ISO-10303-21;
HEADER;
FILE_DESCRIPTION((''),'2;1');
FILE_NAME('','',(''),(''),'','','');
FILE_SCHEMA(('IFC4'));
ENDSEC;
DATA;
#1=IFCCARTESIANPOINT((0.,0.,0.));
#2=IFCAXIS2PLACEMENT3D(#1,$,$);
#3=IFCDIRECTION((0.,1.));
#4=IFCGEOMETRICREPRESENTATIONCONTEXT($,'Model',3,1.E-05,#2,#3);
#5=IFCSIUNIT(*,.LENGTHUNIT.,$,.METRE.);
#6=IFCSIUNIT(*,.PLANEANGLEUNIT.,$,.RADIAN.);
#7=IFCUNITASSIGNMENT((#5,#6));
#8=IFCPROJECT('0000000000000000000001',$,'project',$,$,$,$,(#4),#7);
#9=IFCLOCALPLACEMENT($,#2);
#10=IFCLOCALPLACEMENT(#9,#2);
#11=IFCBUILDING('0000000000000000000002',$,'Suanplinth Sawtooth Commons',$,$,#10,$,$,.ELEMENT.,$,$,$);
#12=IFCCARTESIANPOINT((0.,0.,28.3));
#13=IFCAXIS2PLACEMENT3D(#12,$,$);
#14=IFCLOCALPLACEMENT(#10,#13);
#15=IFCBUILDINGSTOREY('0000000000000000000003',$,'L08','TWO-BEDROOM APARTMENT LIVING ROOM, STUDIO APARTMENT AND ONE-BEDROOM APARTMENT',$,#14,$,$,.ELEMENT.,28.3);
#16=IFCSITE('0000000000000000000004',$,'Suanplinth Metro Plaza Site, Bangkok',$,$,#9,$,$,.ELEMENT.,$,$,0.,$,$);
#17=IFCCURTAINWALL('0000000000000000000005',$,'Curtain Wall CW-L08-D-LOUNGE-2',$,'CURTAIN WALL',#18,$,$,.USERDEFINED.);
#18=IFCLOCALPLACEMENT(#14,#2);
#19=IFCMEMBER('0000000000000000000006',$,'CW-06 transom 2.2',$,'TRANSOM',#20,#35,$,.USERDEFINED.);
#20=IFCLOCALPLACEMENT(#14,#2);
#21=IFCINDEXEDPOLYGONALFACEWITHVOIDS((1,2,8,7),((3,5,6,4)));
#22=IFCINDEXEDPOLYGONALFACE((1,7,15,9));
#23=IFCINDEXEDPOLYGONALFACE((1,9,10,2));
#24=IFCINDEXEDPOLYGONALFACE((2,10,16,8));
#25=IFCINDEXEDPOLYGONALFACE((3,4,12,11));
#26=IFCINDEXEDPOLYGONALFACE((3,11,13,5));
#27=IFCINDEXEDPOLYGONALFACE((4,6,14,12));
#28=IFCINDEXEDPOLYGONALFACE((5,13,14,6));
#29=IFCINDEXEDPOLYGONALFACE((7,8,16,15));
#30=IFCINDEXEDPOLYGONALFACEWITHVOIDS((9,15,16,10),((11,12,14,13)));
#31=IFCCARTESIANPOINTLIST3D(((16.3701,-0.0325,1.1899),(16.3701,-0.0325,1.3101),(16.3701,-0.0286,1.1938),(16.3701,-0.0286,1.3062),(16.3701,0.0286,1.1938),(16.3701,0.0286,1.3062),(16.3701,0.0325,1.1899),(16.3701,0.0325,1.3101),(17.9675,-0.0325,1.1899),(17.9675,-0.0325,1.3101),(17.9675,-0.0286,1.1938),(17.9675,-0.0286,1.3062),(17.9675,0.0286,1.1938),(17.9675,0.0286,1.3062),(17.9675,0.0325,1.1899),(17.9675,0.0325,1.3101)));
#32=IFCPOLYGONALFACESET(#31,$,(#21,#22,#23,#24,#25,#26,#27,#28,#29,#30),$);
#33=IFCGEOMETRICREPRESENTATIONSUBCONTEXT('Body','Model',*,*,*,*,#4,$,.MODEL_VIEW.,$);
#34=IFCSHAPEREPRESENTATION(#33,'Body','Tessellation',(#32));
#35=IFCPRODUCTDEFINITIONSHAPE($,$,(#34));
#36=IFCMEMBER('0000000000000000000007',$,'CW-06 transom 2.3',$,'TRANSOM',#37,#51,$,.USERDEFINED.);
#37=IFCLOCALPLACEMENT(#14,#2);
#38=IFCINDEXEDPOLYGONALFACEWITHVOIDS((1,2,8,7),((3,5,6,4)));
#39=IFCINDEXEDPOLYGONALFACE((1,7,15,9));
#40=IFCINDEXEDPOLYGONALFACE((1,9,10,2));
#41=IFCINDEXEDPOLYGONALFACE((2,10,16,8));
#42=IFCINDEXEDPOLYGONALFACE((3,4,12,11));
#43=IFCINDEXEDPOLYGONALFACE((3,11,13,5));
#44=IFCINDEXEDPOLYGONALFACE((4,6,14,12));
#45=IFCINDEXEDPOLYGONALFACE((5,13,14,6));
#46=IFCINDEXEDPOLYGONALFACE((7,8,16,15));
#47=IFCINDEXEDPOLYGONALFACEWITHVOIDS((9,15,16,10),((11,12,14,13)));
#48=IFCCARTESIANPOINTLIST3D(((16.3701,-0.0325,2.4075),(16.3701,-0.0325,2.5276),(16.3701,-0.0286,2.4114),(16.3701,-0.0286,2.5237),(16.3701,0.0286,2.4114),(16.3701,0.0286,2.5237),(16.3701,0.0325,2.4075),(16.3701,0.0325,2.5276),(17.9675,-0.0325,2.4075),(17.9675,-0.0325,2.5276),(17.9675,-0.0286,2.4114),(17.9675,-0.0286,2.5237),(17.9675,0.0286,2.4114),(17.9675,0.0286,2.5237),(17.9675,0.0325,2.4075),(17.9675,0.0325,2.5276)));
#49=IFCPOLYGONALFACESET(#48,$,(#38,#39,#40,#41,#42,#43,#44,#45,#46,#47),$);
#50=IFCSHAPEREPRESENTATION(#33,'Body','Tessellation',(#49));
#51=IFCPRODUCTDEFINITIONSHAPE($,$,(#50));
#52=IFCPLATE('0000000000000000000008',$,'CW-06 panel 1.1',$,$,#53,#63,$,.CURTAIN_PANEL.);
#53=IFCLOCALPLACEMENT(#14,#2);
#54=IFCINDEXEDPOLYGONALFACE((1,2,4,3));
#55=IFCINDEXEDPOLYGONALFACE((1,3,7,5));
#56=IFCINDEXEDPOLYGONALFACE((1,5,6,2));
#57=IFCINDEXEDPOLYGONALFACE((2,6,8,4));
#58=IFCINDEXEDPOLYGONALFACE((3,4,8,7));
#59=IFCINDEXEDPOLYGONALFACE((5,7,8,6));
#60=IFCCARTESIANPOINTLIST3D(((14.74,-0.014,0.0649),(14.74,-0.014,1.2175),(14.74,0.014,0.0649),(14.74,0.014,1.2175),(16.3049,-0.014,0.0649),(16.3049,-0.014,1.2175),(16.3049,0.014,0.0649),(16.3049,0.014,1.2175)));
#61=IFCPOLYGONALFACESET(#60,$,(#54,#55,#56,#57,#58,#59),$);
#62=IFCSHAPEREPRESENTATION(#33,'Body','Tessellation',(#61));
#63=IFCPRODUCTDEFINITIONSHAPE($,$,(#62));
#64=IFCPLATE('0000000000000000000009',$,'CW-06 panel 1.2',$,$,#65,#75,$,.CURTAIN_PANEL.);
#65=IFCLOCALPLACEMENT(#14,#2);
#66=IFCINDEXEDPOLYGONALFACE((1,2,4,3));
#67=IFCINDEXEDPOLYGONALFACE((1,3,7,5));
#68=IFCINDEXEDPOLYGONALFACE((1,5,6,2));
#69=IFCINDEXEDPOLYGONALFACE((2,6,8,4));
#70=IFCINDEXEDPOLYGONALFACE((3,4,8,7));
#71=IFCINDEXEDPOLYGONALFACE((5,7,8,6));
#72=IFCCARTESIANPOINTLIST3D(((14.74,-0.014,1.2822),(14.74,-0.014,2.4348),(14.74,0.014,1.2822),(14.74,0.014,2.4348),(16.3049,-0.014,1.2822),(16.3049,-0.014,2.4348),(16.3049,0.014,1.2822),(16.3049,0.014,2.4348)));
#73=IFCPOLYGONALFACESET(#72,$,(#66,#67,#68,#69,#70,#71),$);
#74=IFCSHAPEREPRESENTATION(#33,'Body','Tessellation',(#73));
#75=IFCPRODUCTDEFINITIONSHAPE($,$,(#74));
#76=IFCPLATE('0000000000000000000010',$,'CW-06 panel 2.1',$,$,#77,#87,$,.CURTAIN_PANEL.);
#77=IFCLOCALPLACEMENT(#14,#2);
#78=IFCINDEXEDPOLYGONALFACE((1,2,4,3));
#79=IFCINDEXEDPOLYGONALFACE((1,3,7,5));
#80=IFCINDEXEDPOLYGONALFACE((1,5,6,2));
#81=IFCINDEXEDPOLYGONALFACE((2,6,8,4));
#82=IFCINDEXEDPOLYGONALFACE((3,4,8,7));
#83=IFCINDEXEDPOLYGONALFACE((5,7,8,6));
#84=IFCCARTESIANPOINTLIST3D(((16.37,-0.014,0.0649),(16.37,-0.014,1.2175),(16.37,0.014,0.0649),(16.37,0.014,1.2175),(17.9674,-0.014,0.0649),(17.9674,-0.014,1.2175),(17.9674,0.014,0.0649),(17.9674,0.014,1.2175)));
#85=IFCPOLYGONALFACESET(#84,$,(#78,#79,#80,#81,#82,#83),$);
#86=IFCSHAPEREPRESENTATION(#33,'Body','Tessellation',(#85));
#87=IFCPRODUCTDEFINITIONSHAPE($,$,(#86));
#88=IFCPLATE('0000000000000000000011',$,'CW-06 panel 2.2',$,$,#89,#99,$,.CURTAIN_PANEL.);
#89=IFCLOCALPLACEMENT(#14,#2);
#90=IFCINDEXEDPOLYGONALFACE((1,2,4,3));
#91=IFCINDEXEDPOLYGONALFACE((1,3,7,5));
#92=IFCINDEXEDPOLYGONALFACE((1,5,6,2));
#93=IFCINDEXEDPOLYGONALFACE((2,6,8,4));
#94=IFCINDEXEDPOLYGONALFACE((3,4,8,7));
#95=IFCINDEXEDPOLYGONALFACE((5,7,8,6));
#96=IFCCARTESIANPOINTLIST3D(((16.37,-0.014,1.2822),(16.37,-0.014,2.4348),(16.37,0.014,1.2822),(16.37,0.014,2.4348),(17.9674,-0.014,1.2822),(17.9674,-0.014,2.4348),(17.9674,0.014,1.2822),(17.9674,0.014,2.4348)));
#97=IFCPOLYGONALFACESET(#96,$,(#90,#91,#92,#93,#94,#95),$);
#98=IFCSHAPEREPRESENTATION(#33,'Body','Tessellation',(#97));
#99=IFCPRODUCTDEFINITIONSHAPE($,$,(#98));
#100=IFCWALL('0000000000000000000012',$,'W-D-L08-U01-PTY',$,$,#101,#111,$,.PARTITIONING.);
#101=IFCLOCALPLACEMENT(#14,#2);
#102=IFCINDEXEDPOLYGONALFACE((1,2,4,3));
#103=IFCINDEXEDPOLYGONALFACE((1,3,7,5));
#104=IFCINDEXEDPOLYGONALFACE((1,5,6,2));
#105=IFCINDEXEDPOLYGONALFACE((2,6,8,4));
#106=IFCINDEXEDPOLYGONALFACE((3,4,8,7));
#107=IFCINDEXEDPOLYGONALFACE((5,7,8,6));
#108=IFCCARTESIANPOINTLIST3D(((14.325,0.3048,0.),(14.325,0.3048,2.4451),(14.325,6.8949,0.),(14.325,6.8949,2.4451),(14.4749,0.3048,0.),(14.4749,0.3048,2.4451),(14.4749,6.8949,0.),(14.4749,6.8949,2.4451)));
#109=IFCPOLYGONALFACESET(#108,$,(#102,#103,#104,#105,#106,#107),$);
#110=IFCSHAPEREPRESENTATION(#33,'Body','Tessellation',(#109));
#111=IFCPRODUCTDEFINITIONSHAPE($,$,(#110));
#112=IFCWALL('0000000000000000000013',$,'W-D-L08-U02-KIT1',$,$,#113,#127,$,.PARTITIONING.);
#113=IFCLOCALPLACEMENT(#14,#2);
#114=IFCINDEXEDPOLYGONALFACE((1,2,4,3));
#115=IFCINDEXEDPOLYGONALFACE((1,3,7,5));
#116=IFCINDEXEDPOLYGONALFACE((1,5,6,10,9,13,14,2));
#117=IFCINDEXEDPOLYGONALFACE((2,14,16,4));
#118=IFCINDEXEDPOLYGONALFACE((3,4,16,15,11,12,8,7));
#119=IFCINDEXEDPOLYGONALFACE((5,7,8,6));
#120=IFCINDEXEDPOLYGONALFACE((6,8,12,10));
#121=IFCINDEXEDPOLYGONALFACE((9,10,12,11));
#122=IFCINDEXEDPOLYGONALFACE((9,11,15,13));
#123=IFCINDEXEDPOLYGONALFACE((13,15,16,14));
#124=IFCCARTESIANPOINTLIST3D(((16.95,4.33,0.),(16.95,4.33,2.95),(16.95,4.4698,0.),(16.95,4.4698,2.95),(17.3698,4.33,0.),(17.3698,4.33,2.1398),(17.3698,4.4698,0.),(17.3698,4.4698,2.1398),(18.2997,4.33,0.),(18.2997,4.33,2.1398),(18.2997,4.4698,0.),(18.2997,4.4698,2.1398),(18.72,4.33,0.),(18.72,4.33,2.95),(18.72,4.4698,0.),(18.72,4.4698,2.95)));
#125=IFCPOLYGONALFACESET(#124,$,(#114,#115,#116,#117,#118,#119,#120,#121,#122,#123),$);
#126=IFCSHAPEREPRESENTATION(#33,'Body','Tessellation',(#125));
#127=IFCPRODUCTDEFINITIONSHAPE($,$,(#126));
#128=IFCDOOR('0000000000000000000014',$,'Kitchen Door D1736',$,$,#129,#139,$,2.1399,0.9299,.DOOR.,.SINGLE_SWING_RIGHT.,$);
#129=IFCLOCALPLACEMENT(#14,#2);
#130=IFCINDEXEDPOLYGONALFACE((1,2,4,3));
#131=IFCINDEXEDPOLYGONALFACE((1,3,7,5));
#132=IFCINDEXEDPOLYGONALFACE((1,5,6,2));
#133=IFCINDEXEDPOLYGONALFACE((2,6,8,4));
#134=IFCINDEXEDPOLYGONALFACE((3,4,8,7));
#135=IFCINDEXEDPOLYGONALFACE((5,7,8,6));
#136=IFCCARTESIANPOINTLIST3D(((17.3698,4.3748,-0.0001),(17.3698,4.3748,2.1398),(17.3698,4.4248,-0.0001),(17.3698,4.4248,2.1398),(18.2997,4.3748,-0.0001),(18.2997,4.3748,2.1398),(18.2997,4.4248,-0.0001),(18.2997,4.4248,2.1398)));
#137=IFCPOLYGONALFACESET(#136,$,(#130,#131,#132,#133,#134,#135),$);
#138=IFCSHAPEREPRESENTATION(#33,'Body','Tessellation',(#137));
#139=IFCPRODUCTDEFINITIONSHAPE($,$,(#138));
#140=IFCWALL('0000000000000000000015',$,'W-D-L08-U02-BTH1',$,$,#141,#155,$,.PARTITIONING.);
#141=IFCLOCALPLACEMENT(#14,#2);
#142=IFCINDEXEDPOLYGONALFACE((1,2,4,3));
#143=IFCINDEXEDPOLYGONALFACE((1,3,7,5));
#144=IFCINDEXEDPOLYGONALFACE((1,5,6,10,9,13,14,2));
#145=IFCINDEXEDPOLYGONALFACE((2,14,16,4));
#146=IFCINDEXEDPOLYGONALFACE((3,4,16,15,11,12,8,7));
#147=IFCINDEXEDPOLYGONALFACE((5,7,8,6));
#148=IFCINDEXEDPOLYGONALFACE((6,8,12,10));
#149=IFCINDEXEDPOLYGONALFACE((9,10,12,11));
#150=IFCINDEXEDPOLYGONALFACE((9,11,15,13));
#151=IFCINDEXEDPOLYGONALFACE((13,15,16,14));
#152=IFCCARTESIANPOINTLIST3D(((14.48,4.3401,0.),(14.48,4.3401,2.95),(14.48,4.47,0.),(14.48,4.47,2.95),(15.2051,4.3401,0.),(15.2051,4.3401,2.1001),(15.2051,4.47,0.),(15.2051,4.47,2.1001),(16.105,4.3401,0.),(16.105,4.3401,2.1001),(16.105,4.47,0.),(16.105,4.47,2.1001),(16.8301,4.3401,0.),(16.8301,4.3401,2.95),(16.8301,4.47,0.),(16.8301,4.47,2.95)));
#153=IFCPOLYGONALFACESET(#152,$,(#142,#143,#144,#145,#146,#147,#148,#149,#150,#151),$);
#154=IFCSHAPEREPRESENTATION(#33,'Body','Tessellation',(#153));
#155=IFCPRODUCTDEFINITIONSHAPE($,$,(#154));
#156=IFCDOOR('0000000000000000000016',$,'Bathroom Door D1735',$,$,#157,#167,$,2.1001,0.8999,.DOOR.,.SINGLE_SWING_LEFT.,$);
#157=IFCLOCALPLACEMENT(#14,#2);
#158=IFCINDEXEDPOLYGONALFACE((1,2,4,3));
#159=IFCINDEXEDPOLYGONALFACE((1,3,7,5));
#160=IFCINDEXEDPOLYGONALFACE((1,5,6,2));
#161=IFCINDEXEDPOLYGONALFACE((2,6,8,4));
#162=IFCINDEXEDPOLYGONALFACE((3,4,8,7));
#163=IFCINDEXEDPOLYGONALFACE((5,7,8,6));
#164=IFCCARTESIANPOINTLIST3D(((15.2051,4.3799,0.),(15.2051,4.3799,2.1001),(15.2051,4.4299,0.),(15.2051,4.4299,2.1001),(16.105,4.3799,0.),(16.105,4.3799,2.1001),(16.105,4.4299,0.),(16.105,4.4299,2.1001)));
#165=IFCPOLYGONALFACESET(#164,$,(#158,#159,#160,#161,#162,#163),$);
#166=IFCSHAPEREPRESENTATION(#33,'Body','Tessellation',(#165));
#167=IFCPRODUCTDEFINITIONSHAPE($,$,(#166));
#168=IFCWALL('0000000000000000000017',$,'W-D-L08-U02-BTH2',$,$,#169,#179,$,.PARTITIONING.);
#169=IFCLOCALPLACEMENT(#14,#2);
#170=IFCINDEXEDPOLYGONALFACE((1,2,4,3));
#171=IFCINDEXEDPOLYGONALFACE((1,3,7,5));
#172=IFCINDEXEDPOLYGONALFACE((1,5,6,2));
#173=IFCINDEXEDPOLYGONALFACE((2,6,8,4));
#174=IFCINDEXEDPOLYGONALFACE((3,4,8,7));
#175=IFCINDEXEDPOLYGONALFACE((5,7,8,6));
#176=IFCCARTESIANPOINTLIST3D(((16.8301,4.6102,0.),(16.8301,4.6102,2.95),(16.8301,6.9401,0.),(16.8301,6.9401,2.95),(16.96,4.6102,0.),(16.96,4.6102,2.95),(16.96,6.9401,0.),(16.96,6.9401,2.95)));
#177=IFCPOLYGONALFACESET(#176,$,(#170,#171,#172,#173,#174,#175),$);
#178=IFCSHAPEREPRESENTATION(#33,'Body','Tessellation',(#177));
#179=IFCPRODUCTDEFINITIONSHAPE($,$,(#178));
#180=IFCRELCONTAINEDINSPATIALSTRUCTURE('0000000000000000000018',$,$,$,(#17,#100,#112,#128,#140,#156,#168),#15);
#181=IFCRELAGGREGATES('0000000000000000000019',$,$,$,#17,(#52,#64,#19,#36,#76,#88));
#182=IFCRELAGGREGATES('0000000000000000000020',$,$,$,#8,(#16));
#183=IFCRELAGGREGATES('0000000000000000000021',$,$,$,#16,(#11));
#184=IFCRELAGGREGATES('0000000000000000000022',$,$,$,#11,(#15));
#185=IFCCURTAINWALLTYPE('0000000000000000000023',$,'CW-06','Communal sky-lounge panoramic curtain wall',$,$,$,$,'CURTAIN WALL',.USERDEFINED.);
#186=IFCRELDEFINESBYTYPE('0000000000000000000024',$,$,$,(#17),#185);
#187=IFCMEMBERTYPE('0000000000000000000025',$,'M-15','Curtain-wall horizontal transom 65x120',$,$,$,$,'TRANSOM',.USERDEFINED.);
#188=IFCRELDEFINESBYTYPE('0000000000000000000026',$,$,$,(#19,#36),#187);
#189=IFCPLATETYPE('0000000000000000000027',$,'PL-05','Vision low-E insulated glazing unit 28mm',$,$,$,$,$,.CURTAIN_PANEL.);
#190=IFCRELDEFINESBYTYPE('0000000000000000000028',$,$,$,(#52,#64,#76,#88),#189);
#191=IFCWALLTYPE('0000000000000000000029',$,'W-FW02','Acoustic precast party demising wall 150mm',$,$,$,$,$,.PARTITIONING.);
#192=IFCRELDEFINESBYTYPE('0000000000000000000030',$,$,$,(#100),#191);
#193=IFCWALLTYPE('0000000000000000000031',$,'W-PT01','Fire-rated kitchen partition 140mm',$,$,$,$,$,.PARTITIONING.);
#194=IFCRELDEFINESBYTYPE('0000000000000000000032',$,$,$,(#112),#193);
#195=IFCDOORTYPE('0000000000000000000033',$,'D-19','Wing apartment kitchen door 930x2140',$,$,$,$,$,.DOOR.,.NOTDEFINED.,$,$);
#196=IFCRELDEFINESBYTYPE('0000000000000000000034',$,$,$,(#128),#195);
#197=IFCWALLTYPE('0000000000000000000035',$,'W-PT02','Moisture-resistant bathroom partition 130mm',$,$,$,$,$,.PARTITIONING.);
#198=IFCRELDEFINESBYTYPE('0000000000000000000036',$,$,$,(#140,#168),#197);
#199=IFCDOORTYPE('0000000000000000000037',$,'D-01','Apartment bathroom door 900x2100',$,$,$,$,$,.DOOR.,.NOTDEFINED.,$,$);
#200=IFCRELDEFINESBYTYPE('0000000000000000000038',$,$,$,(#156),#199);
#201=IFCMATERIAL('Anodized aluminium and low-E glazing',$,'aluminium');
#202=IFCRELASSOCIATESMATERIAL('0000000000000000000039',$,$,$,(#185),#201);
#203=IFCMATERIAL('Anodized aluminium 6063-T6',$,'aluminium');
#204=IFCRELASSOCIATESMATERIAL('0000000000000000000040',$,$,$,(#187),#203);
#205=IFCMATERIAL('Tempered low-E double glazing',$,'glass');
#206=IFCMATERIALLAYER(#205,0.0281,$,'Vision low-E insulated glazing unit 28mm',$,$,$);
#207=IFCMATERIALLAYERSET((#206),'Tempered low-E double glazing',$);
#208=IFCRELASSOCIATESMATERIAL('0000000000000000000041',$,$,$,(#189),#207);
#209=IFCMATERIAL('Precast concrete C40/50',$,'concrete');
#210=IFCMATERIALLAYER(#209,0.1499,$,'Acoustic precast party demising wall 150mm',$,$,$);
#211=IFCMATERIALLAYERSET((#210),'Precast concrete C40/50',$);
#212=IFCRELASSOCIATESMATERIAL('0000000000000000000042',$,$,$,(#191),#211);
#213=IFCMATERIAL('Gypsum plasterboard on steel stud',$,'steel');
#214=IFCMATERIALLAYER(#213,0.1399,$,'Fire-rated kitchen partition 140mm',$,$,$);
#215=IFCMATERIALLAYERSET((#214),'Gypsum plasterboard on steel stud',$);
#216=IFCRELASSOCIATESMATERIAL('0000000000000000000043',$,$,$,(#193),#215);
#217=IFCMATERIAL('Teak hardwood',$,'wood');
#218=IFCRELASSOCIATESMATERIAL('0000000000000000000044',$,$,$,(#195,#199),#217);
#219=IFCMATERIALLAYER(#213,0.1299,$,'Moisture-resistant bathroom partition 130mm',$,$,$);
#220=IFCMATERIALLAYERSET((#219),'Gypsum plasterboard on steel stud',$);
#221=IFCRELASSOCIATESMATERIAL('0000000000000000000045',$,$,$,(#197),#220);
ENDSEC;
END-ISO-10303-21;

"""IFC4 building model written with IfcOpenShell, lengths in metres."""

from ifc_helpers import new_model, si_unit, direction, frame, frame_2d, origin, origin_2d, place, context, subcontext, project, spatial, rectangle, hollow_rectangle, extrude, material, layer, layer_set, material_profile, profile_set, type_object, element, fill, aggregate, save


model = new_model("IFC4")

# Units and contexts
model_context = context("Model", 3, precision=1e-05, world=origin(), true_north=direction((0.0, 1.0)))
body_context = subcontext(model_context, "Body", "Model", "MODEL_VIEW")
ifc_project = project(units=[si_unit("LENGTHUNIT", "METRE"), si_unit("PLANEANGLEUNIT", "RADIAN")], contexts=[model_context])

# Site, building, storey
site_placement = place(None, origin())
site = spatial("IfcSite", under=ifc_project, at=site_placement, Name="Suanplinth Metro Plaza Site, Bangkok", CompositionType="ELEMENT", RefElevation=0.0)
building_placement = place(site_placement, origin())
building = spatial("IfcBuilding", under=site, at=building_placement, Name="Suanplinth Sawtooth Commons", CompositionType="ELEMENT")
storey_placement = place(building_placement, frame((0.0, 0.0, 28.3)))
storey = spatial("IfcBuildingStorey", under=building, at=storey_placement, Name="L08", Description="TWO-BEDROOM APARTMENT LIVING ROOM, STUDIO APARTMENT AND ONE-BEDROOM APARTMENT", CompositionType="ELEMENT", Elevation=28.3)

# Shared definitions
ifc_material_1 = material(Name="Precast concrete C40/50", Category="concrete")

# Curtain wall, members, plates
ifc_material_2 = material(Name="Anodized aluminium and low-E glazing", Category="aluminium")
curtain_wall_type = type_object("IfcCurtainWallType", Name="CW-06", Description="Communal sky-lounge panoramic curtain wall", ElementType="CURTAIN WALL", PredefinedType="USERDEFINED", material=ifc_material_2)
curtain_wall_placement = place(storey_placement, origin())
curtain_wall = element("IfcCurtainWall", 1, at=curtain_wall_placement, inside=storey, type_object=curtain_wall_type, Name="Curtain Wall CW-L08-D-LOUNGE-2", ObjectType="CURTAIN WALL", PredefinedType="USERDEFINED")
ifc_material_3 = material(Name="Anodized aluminium 6063-T6", Category="aluminium")
ifc_material_profile_1 = material_profile(ifc_material_3, hollow_rectangle(XDim=0.0649, YDim=0.1201, WallThickness=0.0039, at=origin_2d()), Name="ALU-TRN 65x120")
ifc_profile_set_1 = profile_set([ifc_material_profile_1], Name="Anodized aluminium 6063-T6")
member_type_1 = type_object("IfcMemberType", Name="M-15", Description="Curtain-wall horizontal transom 65x120", ElementType="TRANSOM", PredefinedType="USERDEFINED", material=ifc_profile_set_1)
member_1_placement = place(storey_placement, frame((16.3701, 0.0, 1.25), z_axis=(1.0, 0.0, 0.0), x_axis=(0.0, 1.0, 0.0)))
member_1 = element("IfcMember", 2, at=member_1_placement, type_object=member_type_1, Name="CW-06 transom 2.2", ObjectType="TRANSOM", PredefinedType="USERDEFINED", context=body_context, shape_type="SweptSolid", body=[
    extrude(hollow_rectangle(XDim=0.0649, YDim=0.1201, WallThickness=0.0039, at=origin_2d()), origin(), (0.0, 0.0, 1.0), 1.5974),
])
member_2_placement = place(storey_placement, frame((16.3701, 0.0, 2.4675), z_axis=(1.0, 0.0, 0.0), x_axis=(0.0, 1.0, 0.0)))
member_2 = element("IfcMember", 3, at=member_2_placement, type_object=member_type_1, Name="CW-06 transom 2.3", ObjectType="TRANSOM", PredefinedType="USERDEFINED", context=body_context, shape_type="SweptSolid", body=[
    extrude(hollow_rectangle(XDim=0.0649, YDim=0.1201, WallThickness=0.0039, at=origin_2d()), origin(), (0.0, 0.0, 1.0), 1.5974),
])
ifc_material_4 = material(Name="Tempered low-E double glazing", Category="glass")
ifc_layer_1 = layer(ifc_material_4, 0.0281, Name="Vision low-E insulated glazing unit 28mm")
ifc_layer_set_1 = layer_set([ifc_layer_1], Name="Tempered low-E double glazing")
plate_type = type_object("IfcPlateType", Name="PL-05", Description="Vision low-E insulated glazing unit 28mm", PredefinedType="CURTAIN_PANEL", material=ifc_layer_set_1)
plate_1_placement = place(storey_placement, frame((15.5225, 0.0, 0.0649), z_axis=(0.0, 0.0, 1.0), x_axis=(1.0, 0.0, 0.0)))
plate_1 = element("IfcPlate", 4, at=plate_1_placement, type_object=plate_type, Name="CW-06 panel 1.1", PredefinedType="CURTAIN_PANEL", context=body_context, shape_type="SweptSolid", body=[
    extrude(rectangle(XDim=1.5649, YDim=0.0281, at=origin_2d()), origin(), (0.0, 0.0, 1.0), 1.1526),
])
plate_2_placement = place(storey_placement, frame((15.5225, 0.0, 1.2822), z_axis=(0.0, 0.0, 1.0), x_axis=(1.0, 0.0, 0.0)))
plate_2 = element("IfcPlate", 5, at=plate_2_placement, type_object=plate_type, Name="CW-06 panel 1.2", PredefinedType="CURTAIN_PANEL", context=body_context, shape_type="SweptSolid", body=[
    extrude(rectangle(XDim=1.5649, YDim=0.0281, at=origin_2d()), origin(), (0.0, 0.0, 1.0), 1.1526),
])
plate_3_placement = place(storey_placement, frame((17.1687, 0.0, 0.0649), z_axis=(0.0, 0.0, 1.0), x_axis=(1.0, 0.0, 0.0)))
plate_3 = element("IfcPlate", 6, at=plate_3_placement, type_object=plate_type, Name="CW-06 panel 2.1", PredefinedType="CURTAIN_PANEL", context=body_context, shape_type="SweptSolid", body=[
    extrude(rectangle(XDim=1.5974, YDim=0.0281, at=origin_2d()), origin(), (0.0, 0.0, 1.0), 1.1526),
])
plate_4_placement = place(storey_placement, frame((17.1687, 0.0, 1.2822), z_axis=(0.0, 0.0, 1.0), x_axis=(1.0, 0.0, 0.0)))
plate_4 = element("IfcPlate", 7, at=plate_4_placement, type_object=plate_type, Name="CW-06 panel 2.2", PredefinedType="CURTAIN_PANEL", context=body_context, shape_type="SweptSolid", body=[
    extrude(rectangle(XDim=1.5974, YDim=0.0281, at=origin_2d()), origin(), (0.0, 0.0, 1.0), 1.1526),
])
aggregate(curtain_wall, [plate_1, plate_2, member_1, member_2, plate_3, plate_4])

# Wall
ifc_layer_2 = layer(ifc_material_1, 0.1499, Name="Acoustic precast party demising wall 150mm")
ifc_layer_set_2 = layer_set([ifc_layer_2], Name="Precast concrete C40/50")
wall_type_1 = type_object("IfcWallType", Name="W-FW02", Description="Acoustic precast party demising wall 150mm", PredefinedType="PARTITIONING", material=ifc_layer_set_2)
wall_1_placement = place(storey_placement, frame((14.3999, 0.3049, 0.0), z_axis=(0.0, 0.0, 1.0), x_axis=(0.0, 1.0, 0.0)))
element("IfcWall", 8, at=wall_1_placement, inside=storey, type_object=wall_type_1, Name="W-D-L08-U01-PTY", PredefinedType="PARTITIONING", context=body_context, shape_type="SweptSolid", body=[
    extrude(rectangle(XDim=6.5901, YDim=0.1499, at=frame_2d((3.2949, 0.0))), origin(), (0.0, 0.0, 1.0), 2.4451),
])

# Walls, openings, doors
ifc_material_5 = material(Name="Gypsum plasterboard on steel stud", Category="steel")
ifc_layer_3 = layer(ifc_material_5, 0.1399, Name="Fire-rated kitchen partition 140mm")
ifc_layer_set_3 = layer_set([ifc_layer_3], Name="Gypsum plasterboard on steel stud")
wall_type_2 = type_object("IfcWallType", Name="W-PT01", Description="Fire-rated kitchen partition 140mm", PredefinedType="PARTITIONING", material=ifc_layer_set_3)
wall_2_placement = place(storey_placement, frame((16.95, 4.3999, 0.0), z_axis=(0.0, 0.0, 1.0), x_axis=(1.0, 0.0, 0.0)))
wall_2 = element("IfcWall", 9, at=wall_2_placement, inside=storey, type_object=wall_type_2, Name="W-D-L08-U02-KIT1", PredefinedType="PARTITIONING", context=body_context, shape_type="SweptSolid", body=[
    extrude(rectangle(XDim=1.77, YDim=0.1399, at=frame_2d((0.885, 0.0))), origin(), (0.0, 0.0, 1.0), 2.95),
])
opening_1_placement = place(wall_2_placement, frame((0.4199, 0.0, 0.0)))
opening_1 = element("IfcOpeningElement", 10, at=opening_1_placement, cuts=wall_2, PredefinedType="OPENING", context=body_context, shape_type="SweptSolid", body=[
    extrude(rectangle(XDim=0.9299, YDim=2.1399, at=frame_2d((0.4648, 1.0698))), frame((0.0, 0.085, 0.0), z_axis=(0.0, -1.0, 0.0), x_axis=(1.0, 0.0, 0.0)), (0.0, 0.0, 1.0), 0.1697),
])
ifc_material_6 = material(Name="Teak hardwood", Category="wood")
door_type_1 = type_object("IfcDoorType", Name="D-19", Description="Wing apartment kitchen door 930x2140", OperationType="NOTDEFINED", PredefinedType="DOOR", material=ifc_material_6)
door_1_placement = place(opening_1_placement, origin())
door_1 = element("IfcDoor", 11, at=door_1_placement, inside=storey, type_object=door_type_1, Name="Kitchen Door D1736", OperationType="SINGLE_SWING_RIGHT", OverallHeight=2.1399, OverallWidth=0.9299, PredefinedType="DOOR", context=body_context, shape_type="SweptSolid", body=[
    extrude(rectangle(XDim=0.9299, YDim=2.1399, at=frame_2d((0.4648, 1.0698))), frame((0.0, 0.0249, 0.0), z_axis=(0.0, -1.0, 0.0), x_axis=(1.0, 0.0, 0.0)), (0.0, 0.0, 1.0), 0.05),
])
fill(opening_1, door_1)
ifc_layer_4 = layer(ifc_material_5, 0.1299, Name="Moisture-resistant bathroom partition 130mm")
ifc_layer_set_4 = layer_set([ifc_layer_4], Name="Gypsum plasterboard on steel stud")
wall_type_3 = type_object("IfcWallType", Name="W-PT02", Description="Moisture-resistant bathroom partition 130mm", PredefinedType="PARTITIONING", material=ifc_layer_set_4)
wall_3_placement = place(storey_placement, frame((14.48, 4.405, 0.0), z_axis=(0.0, 0.0, 1.0), x_axis=(1.0, 0.0, 0.0)))
wall_3 = element("IfcWall", 12, at=wall_3_placement, inside=storey, type_object=wall_type_3, Name="W-D-L08-U02-BTH1", PredefinedType="PARTITIONING", context=body_context, shape_type="SweptSolid", body=[
    extrude(rectangle(XDim=2.3501, YDim=0.1299, at=frame_2d((1.175, 0.0))), origin(), (0.0, 0.0, 1.0), 2.95),
])
opening_2_placement = place(wall_3_placement, frame((0.7251, 0.0, 0.0)))
opening_2 = element("IfcOpeningElement", 13, at=opening_2_placement, cuts=wall_3, PredefinedType="OPENING", context=body_context, shape_type="SweptSolid", body=[
    extrude(rectangle(XDim=0.8999, YDim=2.1001, at=frame_2d((0.45, 1.05))), frame((0.0, 0.0798, 0.0), z_axis=(0.0, -1.0, 0.0), x_axis=(1.0, 0.0, 0.0)), (0.0, 0.0, 1.0), 0.1597),
])
door_type_2 = type_object("IfcDoorType", Name="D-01", Description="Apartment bathroom door 900x2100", OperationType="NOTDEFINED", PredefinedType="DOOR", material=ifc_material_6)
door_2_placement = place(opening_2_placement, origin())
door_2 = element("IfcDoor", 14, at=door_2_placement, inside=storey, type_object=door_type_2, Name="Bathroom Door D1735", OperationType="SINGLE_SWING_LEFT", OverallHeight=2.1001, OverallWidth=0.8999, PredefinedType="DOOR", context=body_context, shape_type="SweptSolid", body=[
    extrude(rectangle(XDim=0.8999, YDim=2.1001, at=frame_2d((0.45, 1.05))), frame((0.0, 0.0249, 0.0), z_axis=(0.0, -1.0, 0.0), x_axis=(1.0, 0.0, 0.0)), (0.0, 0.0, 1.0), 0.05),
])
fill(opening_2, door_2)

# Wall
wall_4_placement = place(storey_placement, frame((16.895, 4.6101, 0.0), z_axis=(0.0, 0.0, 1.0), x_axis=(0.0, 1.0, 0.0)))
element("IfcWall", 15, at=wall_4_placement, inside=storey, type_object=wall_type_3, Name="W-D-L08-U02-BTH2", PredefinedType="PARTITIONING", context=body_context, shape_type="SweptSolid", body=[
    extrude(rectangle(XDim=2.3298, YDim=0.1299, at=frame_2d((1.165, 0.0))), origin(), (0.0, 0.0, 1.0), 2.95),
])

save(model, "model.ifc")
